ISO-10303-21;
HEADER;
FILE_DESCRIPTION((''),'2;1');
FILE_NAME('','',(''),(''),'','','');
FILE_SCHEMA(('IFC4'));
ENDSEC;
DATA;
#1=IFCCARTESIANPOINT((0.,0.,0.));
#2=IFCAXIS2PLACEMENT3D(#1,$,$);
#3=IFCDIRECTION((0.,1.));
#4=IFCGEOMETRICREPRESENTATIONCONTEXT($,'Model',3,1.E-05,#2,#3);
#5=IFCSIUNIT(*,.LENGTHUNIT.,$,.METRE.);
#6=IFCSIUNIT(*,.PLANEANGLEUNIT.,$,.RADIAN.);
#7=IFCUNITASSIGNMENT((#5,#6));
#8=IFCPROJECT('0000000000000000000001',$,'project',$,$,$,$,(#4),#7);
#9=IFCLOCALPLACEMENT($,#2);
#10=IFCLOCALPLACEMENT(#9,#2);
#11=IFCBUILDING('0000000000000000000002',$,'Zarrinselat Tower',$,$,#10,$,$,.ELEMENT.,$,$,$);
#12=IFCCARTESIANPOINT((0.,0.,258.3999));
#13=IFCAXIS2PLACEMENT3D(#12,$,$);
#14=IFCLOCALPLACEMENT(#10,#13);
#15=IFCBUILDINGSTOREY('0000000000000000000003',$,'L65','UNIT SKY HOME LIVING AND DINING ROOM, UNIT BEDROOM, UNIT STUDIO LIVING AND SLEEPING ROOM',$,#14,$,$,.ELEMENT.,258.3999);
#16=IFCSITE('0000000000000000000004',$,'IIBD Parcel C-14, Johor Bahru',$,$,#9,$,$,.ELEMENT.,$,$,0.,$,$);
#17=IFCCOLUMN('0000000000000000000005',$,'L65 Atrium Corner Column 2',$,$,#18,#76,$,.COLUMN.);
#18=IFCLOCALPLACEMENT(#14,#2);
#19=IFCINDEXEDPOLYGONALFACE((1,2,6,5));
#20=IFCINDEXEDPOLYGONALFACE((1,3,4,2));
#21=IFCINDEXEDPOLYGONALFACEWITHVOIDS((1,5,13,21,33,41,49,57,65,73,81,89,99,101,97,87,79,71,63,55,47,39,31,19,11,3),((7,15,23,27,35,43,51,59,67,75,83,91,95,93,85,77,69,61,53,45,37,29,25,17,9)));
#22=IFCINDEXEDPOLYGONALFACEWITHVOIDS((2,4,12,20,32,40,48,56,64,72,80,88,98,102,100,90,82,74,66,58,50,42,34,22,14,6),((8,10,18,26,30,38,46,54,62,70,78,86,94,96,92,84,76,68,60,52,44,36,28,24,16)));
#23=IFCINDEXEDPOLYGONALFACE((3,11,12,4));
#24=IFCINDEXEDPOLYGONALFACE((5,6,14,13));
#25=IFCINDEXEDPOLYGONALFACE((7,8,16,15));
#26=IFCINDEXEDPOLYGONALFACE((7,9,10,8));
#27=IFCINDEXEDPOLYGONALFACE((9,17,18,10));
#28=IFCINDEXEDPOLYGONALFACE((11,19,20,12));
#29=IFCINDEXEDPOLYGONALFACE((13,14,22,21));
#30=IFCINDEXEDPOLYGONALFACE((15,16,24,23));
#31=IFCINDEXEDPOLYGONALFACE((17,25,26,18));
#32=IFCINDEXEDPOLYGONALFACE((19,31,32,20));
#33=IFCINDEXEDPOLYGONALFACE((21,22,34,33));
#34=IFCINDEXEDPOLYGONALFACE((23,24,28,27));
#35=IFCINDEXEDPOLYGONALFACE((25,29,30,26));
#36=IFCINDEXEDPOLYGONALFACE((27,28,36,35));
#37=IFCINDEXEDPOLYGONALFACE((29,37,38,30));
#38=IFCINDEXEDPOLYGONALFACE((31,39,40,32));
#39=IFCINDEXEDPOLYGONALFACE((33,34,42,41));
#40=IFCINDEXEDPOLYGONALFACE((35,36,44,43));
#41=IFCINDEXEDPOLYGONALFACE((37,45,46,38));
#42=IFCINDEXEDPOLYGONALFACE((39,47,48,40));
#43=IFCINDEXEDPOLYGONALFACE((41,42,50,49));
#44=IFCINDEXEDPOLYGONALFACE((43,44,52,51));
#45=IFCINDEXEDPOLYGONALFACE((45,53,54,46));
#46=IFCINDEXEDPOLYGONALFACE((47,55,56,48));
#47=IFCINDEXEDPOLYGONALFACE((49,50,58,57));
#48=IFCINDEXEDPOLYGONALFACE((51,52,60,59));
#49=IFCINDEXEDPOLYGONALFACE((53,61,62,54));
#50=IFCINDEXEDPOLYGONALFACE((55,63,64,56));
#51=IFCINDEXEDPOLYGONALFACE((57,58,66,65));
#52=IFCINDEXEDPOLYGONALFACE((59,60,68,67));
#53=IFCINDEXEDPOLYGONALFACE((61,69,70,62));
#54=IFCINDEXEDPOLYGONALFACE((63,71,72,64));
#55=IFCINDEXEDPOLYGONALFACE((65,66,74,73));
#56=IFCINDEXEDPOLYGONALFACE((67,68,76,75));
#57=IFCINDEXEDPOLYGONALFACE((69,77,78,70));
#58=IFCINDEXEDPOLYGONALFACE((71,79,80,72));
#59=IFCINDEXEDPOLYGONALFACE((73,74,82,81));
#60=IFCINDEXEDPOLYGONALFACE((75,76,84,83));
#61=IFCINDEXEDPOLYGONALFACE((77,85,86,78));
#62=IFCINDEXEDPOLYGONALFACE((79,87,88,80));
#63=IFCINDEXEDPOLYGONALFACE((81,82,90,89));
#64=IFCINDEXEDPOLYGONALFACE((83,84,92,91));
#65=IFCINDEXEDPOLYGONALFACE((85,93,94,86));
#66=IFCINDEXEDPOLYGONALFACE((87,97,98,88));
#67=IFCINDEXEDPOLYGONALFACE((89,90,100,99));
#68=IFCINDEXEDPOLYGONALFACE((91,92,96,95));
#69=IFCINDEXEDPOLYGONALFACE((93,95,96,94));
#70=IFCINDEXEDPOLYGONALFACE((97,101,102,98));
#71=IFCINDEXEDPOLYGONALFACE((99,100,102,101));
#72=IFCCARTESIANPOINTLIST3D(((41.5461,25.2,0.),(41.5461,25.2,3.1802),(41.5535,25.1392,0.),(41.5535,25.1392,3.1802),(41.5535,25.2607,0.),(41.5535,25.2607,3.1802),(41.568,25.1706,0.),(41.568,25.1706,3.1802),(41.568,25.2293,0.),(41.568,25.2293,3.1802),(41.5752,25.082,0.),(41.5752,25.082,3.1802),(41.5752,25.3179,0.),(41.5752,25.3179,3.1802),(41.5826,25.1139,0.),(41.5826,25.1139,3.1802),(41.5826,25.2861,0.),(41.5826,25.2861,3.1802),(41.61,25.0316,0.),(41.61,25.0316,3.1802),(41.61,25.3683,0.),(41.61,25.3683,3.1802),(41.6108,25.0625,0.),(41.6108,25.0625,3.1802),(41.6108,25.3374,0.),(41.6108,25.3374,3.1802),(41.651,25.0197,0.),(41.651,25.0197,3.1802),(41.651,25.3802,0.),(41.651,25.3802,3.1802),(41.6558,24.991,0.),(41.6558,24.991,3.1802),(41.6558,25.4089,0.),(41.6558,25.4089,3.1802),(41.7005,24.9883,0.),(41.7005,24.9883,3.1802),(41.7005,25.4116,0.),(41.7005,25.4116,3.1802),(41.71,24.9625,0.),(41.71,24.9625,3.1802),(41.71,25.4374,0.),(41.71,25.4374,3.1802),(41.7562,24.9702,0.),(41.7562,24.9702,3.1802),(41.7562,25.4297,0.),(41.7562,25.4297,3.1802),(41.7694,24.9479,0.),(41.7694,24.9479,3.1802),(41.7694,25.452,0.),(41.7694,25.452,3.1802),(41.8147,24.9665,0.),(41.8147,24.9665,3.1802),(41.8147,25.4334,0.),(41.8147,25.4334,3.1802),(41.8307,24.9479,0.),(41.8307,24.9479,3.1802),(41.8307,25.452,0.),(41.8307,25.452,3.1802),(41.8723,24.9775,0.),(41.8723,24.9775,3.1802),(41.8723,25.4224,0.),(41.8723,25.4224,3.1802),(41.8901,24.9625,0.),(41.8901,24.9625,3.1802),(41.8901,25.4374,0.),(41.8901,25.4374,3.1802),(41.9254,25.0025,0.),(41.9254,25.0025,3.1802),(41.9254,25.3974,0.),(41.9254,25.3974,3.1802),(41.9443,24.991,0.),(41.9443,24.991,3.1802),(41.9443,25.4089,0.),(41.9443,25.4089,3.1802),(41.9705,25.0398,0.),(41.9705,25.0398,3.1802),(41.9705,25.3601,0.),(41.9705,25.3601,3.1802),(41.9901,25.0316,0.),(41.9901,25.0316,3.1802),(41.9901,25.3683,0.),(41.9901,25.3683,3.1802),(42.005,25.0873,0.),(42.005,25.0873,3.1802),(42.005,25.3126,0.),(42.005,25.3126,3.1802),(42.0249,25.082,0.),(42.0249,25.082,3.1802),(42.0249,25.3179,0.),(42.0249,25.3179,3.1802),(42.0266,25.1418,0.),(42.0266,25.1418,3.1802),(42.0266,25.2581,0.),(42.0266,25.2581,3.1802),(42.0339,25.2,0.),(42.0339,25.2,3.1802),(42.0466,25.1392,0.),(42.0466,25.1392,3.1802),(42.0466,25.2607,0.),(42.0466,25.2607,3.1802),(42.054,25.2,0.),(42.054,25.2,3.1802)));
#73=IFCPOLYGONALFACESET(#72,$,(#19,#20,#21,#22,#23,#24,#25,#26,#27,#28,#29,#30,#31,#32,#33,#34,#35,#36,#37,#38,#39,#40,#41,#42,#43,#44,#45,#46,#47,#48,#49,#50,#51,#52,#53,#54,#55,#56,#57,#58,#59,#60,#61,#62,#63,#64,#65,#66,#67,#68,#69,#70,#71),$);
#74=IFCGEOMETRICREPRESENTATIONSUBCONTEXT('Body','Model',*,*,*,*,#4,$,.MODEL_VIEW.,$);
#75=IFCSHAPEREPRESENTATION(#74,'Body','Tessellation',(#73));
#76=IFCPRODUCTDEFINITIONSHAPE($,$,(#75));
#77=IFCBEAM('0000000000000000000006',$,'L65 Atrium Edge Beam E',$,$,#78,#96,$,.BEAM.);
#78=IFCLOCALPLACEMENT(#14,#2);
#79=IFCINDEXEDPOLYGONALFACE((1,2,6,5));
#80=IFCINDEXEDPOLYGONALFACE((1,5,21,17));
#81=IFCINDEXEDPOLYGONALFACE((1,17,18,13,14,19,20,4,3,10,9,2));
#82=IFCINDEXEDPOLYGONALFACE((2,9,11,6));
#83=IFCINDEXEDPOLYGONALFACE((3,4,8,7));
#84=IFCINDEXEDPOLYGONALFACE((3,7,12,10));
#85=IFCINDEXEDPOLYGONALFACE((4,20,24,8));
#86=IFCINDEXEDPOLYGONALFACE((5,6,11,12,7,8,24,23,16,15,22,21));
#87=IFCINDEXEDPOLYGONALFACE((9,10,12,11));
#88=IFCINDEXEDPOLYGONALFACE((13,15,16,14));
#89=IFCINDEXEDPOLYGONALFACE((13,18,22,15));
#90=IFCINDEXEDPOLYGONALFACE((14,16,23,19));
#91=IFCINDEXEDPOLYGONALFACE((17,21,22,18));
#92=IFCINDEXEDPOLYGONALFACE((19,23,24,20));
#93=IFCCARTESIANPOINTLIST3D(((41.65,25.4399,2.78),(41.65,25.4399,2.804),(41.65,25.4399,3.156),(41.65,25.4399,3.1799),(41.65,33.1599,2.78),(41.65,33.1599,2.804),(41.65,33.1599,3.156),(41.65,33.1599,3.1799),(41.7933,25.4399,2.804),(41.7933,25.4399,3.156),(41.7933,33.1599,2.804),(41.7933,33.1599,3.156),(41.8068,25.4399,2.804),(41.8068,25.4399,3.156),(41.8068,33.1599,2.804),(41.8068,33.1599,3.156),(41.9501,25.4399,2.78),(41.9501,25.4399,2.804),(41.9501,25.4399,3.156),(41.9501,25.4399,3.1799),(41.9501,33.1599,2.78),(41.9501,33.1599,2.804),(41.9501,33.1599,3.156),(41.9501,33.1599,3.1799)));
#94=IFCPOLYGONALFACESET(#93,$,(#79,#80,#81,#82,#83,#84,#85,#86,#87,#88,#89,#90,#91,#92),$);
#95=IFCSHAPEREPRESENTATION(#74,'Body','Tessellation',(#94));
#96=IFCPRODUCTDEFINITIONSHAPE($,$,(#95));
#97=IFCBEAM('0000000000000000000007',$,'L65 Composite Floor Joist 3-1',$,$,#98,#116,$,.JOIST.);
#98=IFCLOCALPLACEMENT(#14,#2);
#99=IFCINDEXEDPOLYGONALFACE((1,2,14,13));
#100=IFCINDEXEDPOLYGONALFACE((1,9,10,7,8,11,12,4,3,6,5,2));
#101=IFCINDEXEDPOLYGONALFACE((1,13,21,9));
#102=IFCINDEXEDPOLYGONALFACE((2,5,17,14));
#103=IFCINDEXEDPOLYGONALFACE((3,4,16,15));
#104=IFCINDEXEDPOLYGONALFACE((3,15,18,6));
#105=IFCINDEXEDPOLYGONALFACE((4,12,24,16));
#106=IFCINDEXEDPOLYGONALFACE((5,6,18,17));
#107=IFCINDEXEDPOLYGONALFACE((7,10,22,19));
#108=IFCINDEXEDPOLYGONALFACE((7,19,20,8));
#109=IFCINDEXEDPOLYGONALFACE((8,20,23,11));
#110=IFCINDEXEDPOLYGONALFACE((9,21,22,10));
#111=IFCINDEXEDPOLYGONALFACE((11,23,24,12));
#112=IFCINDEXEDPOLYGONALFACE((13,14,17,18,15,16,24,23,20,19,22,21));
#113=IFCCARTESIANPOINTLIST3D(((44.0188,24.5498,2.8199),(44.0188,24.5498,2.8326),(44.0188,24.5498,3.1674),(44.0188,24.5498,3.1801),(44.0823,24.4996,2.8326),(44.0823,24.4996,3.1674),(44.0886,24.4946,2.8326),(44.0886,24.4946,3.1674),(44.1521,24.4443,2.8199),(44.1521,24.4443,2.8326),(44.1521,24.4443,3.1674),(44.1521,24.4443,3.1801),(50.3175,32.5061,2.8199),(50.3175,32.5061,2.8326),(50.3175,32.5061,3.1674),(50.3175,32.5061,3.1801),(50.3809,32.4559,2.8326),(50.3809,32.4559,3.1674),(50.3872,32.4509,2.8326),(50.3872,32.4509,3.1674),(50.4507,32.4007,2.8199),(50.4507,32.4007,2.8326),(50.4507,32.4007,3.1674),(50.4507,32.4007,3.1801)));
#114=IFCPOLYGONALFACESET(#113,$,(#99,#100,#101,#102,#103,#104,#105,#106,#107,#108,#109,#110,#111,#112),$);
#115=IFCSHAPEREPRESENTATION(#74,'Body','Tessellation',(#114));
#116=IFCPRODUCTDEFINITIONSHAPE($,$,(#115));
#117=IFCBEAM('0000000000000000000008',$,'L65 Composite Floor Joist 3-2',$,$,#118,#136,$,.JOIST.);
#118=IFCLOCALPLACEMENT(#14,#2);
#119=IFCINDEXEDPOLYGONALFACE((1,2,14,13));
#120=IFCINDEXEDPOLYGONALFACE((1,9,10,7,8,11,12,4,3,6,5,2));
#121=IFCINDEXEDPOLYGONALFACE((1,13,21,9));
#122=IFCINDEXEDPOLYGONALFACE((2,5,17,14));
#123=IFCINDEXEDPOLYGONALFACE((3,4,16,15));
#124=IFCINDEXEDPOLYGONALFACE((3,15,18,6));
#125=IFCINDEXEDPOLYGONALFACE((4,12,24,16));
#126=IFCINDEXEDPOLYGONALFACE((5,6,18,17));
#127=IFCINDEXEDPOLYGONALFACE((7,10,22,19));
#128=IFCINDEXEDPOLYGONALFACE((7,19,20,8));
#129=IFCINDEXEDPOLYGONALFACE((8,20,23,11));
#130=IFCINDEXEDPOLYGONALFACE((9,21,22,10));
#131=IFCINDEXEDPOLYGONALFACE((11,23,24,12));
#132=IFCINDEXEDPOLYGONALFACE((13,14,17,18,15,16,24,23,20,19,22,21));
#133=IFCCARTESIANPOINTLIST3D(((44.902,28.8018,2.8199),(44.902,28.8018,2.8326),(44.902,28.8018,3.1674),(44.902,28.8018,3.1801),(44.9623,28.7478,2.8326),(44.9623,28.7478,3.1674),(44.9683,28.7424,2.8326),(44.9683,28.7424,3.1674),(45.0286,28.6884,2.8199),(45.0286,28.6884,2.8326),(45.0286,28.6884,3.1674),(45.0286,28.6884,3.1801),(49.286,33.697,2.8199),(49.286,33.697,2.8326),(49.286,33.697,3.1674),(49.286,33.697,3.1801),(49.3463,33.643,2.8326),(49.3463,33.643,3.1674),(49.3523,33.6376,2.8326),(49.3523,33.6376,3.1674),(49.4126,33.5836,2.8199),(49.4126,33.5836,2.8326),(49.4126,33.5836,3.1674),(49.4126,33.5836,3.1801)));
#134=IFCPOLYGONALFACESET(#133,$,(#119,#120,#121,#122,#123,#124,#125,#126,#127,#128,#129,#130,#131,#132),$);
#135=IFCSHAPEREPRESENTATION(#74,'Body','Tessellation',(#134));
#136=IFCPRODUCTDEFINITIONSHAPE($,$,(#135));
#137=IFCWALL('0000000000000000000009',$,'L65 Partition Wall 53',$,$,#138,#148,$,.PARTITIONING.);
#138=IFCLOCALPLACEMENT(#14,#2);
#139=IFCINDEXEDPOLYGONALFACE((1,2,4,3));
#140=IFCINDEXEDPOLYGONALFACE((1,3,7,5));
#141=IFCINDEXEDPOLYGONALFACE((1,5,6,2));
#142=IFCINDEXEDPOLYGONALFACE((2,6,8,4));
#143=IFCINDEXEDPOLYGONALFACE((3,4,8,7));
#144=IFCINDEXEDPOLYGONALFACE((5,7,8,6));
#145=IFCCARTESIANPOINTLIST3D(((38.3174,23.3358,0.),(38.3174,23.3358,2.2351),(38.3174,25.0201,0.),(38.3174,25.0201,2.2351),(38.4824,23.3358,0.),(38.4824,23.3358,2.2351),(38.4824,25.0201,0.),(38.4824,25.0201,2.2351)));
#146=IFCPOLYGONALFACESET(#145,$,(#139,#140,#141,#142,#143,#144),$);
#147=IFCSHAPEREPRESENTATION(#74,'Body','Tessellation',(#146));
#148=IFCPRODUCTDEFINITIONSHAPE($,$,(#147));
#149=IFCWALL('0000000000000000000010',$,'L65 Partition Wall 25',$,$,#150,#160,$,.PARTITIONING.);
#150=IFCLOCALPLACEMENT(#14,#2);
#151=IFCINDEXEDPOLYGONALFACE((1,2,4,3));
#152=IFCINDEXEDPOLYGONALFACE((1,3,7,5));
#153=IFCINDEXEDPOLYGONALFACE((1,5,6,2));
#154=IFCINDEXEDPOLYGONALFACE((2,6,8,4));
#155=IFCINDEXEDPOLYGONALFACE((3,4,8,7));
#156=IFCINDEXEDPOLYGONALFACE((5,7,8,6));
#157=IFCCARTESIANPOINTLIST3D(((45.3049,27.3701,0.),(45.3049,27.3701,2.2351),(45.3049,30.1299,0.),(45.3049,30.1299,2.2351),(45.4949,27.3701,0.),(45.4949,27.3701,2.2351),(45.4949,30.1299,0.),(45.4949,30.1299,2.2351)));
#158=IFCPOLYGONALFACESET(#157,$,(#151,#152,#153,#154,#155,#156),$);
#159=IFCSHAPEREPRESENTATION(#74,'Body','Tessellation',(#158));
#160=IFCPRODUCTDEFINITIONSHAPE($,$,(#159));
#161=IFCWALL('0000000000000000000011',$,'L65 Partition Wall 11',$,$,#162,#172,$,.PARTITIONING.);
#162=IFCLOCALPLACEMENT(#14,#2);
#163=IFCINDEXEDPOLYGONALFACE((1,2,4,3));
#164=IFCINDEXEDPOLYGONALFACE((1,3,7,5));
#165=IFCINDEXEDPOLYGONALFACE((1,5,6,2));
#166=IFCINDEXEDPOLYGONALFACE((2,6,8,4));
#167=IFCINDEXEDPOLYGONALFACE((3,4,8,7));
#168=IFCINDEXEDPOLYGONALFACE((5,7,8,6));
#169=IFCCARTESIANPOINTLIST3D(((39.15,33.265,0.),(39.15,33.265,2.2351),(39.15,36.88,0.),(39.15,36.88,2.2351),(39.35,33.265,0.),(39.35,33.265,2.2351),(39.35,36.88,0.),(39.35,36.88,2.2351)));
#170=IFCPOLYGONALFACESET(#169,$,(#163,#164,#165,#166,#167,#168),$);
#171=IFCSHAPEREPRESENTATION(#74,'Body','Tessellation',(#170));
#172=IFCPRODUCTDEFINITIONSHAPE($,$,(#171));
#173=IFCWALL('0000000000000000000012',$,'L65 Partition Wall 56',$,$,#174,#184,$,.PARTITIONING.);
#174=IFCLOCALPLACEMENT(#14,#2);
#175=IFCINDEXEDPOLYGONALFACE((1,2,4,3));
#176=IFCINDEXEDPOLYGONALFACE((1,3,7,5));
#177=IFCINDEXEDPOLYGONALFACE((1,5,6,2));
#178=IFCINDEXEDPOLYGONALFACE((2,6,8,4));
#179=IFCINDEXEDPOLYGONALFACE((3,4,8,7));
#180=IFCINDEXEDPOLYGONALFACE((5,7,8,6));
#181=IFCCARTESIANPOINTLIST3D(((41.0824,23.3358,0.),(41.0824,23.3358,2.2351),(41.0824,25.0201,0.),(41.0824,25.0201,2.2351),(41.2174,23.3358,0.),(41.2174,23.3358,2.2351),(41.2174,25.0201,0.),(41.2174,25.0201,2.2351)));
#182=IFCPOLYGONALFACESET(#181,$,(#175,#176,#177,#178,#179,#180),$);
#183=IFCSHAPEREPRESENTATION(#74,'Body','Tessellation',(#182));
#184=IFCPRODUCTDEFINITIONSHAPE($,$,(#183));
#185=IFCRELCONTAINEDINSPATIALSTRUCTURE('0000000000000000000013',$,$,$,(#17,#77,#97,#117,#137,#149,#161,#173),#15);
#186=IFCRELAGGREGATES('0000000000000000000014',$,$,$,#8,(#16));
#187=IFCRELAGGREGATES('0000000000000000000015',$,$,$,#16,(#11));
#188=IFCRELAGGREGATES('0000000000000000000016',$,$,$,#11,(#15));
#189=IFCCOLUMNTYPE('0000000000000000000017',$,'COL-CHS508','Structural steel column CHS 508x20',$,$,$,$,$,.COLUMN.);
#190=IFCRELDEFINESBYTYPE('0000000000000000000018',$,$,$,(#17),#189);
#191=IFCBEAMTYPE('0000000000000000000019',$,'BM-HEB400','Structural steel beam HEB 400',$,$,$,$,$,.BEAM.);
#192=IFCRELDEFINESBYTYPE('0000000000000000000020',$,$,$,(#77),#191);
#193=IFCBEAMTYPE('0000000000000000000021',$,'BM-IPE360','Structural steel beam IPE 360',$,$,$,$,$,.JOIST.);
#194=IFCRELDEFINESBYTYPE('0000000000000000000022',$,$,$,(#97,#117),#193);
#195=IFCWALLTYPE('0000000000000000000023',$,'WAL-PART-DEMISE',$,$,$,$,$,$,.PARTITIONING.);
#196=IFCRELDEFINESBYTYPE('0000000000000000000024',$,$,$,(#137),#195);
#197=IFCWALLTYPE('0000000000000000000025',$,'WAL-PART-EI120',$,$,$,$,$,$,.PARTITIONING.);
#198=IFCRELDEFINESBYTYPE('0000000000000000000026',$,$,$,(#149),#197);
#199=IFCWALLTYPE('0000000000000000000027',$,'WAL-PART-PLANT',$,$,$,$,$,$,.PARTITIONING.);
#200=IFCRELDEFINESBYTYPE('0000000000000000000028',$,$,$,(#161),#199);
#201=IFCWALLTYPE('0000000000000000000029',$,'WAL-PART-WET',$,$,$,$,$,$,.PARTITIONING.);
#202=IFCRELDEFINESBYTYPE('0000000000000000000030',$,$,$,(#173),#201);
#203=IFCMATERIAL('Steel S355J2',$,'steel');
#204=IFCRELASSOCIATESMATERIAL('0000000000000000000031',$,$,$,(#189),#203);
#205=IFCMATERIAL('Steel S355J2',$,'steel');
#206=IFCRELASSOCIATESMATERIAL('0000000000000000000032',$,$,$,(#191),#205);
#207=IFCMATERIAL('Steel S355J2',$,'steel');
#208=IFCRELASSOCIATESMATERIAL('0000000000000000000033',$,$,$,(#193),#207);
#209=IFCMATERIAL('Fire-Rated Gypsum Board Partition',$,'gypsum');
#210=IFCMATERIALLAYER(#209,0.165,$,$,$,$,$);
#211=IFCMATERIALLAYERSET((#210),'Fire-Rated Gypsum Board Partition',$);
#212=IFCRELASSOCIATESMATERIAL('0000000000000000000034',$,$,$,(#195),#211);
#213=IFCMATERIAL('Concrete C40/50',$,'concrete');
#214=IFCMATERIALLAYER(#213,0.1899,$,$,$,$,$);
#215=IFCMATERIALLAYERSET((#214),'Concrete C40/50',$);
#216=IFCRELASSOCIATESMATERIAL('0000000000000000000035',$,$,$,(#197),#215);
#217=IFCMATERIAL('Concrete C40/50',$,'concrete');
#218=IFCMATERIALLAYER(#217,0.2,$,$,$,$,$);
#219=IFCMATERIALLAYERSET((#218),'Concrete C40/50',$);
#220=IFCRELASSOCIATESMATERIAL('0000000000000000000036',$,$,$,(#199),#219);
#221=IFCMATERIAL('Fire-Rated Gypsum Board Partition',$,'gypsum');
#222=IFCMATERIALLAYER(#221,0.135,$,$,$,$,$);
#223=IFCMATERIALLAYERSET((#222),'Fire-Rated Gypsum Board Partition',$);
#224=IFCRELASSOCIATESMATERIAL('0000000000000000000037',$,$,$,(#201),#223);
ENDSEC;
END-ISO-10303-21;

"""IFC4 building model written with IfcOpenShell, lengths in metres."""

from ifc_helpers import new_model, si_unit, direction, frame, frame_2d, origin, origin_2d, place, context, subcontext, project, spatial, rectangle, hollow_circle, i_section, extrude, material, layer, layer_set, material_profile, profile_set, type_object, element, save


model = new_model("IFC4")

# Units and contexts
model_context = context("Model", 3, precision=1e-05, world=origin(), true_north=direction((0.0, 1.0)))
body_context = subcontext(model_context, "Body", "Model", "MODEL_VIEW")
ifc_project = project(units=[si_unit("LENGTHUNIT", "METRE"), si_unit("PLANEANGLEUNIT", "RADIAN")], contexts=[model_context])

# Site, building, storey
site_placement = place(None, origin())
site = spatial("IfcSite", under=ifc_project, at=site_placement, Name="IIBD Parcel C-14, Johor Bahru", CompositionType="ELEMENT", RefElevation=0.0)
building_placement = place(site_placement, origin())
building = spatial("IfcBuilding", under=site, at=building_placement, Name="Zarrinselat Tower", CompositionType="ELEMENT")
storey_placement = place(building_placement, frame((0.0, 0.0, 258.3999)))
storey = spatial("IfcBuildingStorey", under=building, at=storey_placement, Name="L65", Description="UNIT SKY HOME LIVING AND DINING ROOM, UNIT BEDROOM, UNIT STUDIO LIVING AND SLEEPING ROOM", CompositionType="ELEMENT", Elevation=258.3999)

# Column
ifc_material_1 = material(Name="Steel S355J2", Category="steel")
ifc_material_profile_1 = material_profile(ifc_material_1, hollow_circle(Radius=0.2539, WallThickness=0.02, at=origin_2d()), Name="CHS 508x20")
ifc_profile_set_1 = profile_set([ifc_material_profile_1], Name="Steel S355J2")
column_type = type_object("IfcColumnType", Name="COL-CHS508", Description="Structural steel column CHS 508x20", PredefinedType="COLUMN", material=ifc_profile_set_1)
column_placement = place(storey_placement, frame((41.8, 25.2, 0.0), z_axis=(0.0, 0.0, 1.0), x_axis=(1.0, 0.0, 0.0)))
element("IfcColumn", 1, at=column_placement, inside=storey, type_object=column_type, Name="L65 Atrium Corner Column 2", PredefinedType="COLUMN", context=body_context, shape_type="SweptSolid", body=[
    extrude(hollow_circle(Radius=0.2539, WallThickness=0.02, at=origin_2d()), origin(), (0.0, 0.0, 1.0), 3.1802),
])

# Beams
ifc_material_2 = material(Name="Steel S355J2", Category="steel")
ifc_material_profile_2 = material_profile(ifc_material_2, i_section(OverallWidth=0.3, OverallDepth=0.3999, WebThickness=0.0134, FlangeThickness=0.0239, at=origin_2d()), Name="HEB 400")
ifc_profile_set_2 = profile_set([ifc_material_profile_2], Name="Steel S355J2")
beam_type_1 = type_object("IfcBeamType", Name="BM-HEB400", Description="Structural steel beam HEB 400", PredefinedType="BEAM", material=ifc_profile_set_2)
beam_1_placement = place(storey_placement, frame((41.8, 25.4399, 2.98), z_axis=(0.0, 1.0, 0.0), x_axis=(-1.0, 0.0, 0.0)))
element("IfcBeam", 2, at=beam_1_placement, inside=storey, type_object=beam_type_1, Name="L65 Atrium Edge Beam E", PredefinedType="BEAM", context=body_context, shape_type="SweptSolid", body=[
    extrude(i_section(OverallWidth=0.3, OverallDepth=0.3999, WebThickness=0.0134, FlangeThickness=0.0239, at=origin_2d()), origin(), (0.0, 0.0, 1.0), 7.72),
])
ifc_material_3 = material(Name="Steel S355J2", Category="steel")
ifc_material_profile_3 = material_profile(ifc_material_3, i_section(OverallWidth=0.1699, OverallDepth=0.3601, WebThickness=0.0081, FlangeThickness=0.0127, at=origin_2d()), Name="IPE 360")
ifc_profile_set_3 = profile_set([ifc_material_profile_3], Name="Steel S355J2")
beam_type_2 = type_object("IfcBeamType", Name="BM-IPE360", Description="Structural steel beam IPE 360", PredefinedType="JOIST", material=ifc_profile_set_3)
beam_2_placement = place(storey_placement, frame((44.0854, 24.4971, 3.0), z_axis=(0.620694, 0.784053, 0.0), x_axis=(-0.784053, 0.620694, 0.0)))
element("IfcBeam", 3, at=beam_2_placement, inside=storey, type_object=beam_type_2, Name="L65 Composite Floor Joist 3-1", PredefinedType="JOIST", context=body_context, shape_type="SweptSolid", body=[
    extrude(i_section(OverallWidth=0.1699, OverallDepth=0.3601, WebThickness=0.0081, FlangeThickness=0.0127, at=origin_2d()), origin(), (0.0, 0.0, 1.0), 10.1477),
])
beam_3_placement = place(storey_placement, frame((44.9653, 28.7451, 3.0), z_axis=(0.667138, 0.744934, 0.0), x_axis=(-0.744934, 0.667138, 0.0)))
element("IfcBeam", 4, at=beam_3_placement, inside=storey, type_object=beam_type_2, Name="L65 Composite Floor Joist 3-2", PredefinedType="JOIST", context=body_context, shape_type="SweptSolid", body=[
    extrude(i_section(OverallWidth=0.1699, OverallDepth=0.3601, WebThickness=0.0081, FlangeThickness=0.0127, at=origin_2d()), origin(), (0.0, 0.0, 1.0), 6.5713),
])

# Walls
ifc_material_4 = material(Name="Fire-Rated Gypsum Board Partition", Category="gypsum")
ifc_layer_1 = layer(ifc_material_4, 0.165)
ifc_layer_set_1 = layer_set([ifc_layer_1], Name="Fire-Rated Gypsum Board Partition")
wall_type_1 = type_object("IfcWallType", Name="WAL-PART-DEMISE", PredefinedType="PARTITIONING", material=ifc_layer_set_1)
wall_1_placement = place(storey_placement, frame((38.3999, 23.3357, 0.0), z_axis=(0.0, 0.0, 1.0), x_axis=(0.0, 1.0, 0.0)))
element("IfcWall", 5, at=wall_1_placement, inside=storey, type_object=wall_type_1, Name="L65 Partition Wall 53", PredefinedType="PARTITIONING", context=body_context, shape_type="SweptSolid", body=[
    extrude(rectangle(XDim=1.6843, YDim=0.165, at=frame_2d((0.8423, 0.0))), origin(), (0.0, 0.0, 1.0), 2.2351),
])
ifc_material_5 = material(Name="Concrete C40/50", Category="concrete")
ifc_layer_2 = layer(ifc_material_5, 0.1899)
ifc_layer_set_2 = layer_set([ifc_layer_2], Name="Concrete C40/50")
wall_type_2 = type_object("IfcWallType", Name="WAL-PART-EI120", PredefinedType="PARTITIONING", material=ifc_layer_set_2)
wall_2_placement = place(storey_placement, frame((45.3999, 27.3701, 0.0), z_axis=(0.0, 0.0, 1.0), x_axis=(0.0, 1.0, 0.0)))
element("IfcWall", 6, at=wall_2_placement, inside=storey, type_object=wall_type_2, Name="L65 Partition Wall 25", PredefinedType="PARTITIONING", context=body_context, shape_type="SweptSolid", body=[
    extrude(rectangle(XDim=2.7598, YDim=0.1899, at=frame_2d((1.3799, 0.0))), origin(), (0.0, 0.0, 1.0), 2.2351),
])
ifc_material_6 = material(Name="Concrete C40/50", Category="concrete")
ifc_layer_3 = layer(ifc_material_6, 0.2)
ifc_layer_set_3 = layer_set([ifc_layer_3], Name="Concrete C40/50")
wall_type_3 = type_object("IfcWallType", Name="WAL-PART-PLANT", PredefinedType="PARTITIONING", material=ifc_layer_set_3)
wall_3_placement = place(storey_placement, frame((39.25, 33.2649, 0.0), z_axis=(0.0, 0.0, 1.0), x_axis=(0.0, 1.0, 0.0)))
element("IfcWall", 7, at=wall_3_placement, inside=storey, type_object=wall_type_3, Name="L65 Partition Wall 11", PredefinedType="PARTITIONING", context=body_context, shape_type="SweptSolid", body=[
    extrude(rectangle(XDim=3.615, YDim=0.2, at=frame_2d((1.8076, 0.0))), origin(), (0.0, 0.0, 1.0), 2.2351),
])
ifc_material_7 = material(Name="Fire-Rated Gypsum Board Partition", Category="gypsum")
ifc_layer_4 = layer(ifc_material_7, 0.135)
ifc_layer_set_4 = layer_set([ifc_layer_4], Name="Fire-Rated Gypsum Board Partition")
wall_type_4 = type_object("IfcWallType", Name="WAL-PART-WET", PredefinedType="PARTITIONING", material=ifc_layer_set_4)
wall_4_placement = place(storey_placement, frame((41.1499, 23.3357, 0.0), z_axis=(0.0, 0.0, 1.0), x_axis=(0.0, 1.0, 0.0)))
element("IfcWall", 8, at=wall_4_placement, inside=storey, type_object=wall_type_4, Name="L65 Partition Wall 56", PredefinedType="PARTITIONING", context=body_context, shape_type="SweptSolid", body=[
    extrude(rectangle(XDim=1.6843, YDim=0.135, at=frame_2d((0.8423, 0.0))), origin(), (0.0, 0.0, 1.0), 2.2351),
])

save(model, "model.ifc")
